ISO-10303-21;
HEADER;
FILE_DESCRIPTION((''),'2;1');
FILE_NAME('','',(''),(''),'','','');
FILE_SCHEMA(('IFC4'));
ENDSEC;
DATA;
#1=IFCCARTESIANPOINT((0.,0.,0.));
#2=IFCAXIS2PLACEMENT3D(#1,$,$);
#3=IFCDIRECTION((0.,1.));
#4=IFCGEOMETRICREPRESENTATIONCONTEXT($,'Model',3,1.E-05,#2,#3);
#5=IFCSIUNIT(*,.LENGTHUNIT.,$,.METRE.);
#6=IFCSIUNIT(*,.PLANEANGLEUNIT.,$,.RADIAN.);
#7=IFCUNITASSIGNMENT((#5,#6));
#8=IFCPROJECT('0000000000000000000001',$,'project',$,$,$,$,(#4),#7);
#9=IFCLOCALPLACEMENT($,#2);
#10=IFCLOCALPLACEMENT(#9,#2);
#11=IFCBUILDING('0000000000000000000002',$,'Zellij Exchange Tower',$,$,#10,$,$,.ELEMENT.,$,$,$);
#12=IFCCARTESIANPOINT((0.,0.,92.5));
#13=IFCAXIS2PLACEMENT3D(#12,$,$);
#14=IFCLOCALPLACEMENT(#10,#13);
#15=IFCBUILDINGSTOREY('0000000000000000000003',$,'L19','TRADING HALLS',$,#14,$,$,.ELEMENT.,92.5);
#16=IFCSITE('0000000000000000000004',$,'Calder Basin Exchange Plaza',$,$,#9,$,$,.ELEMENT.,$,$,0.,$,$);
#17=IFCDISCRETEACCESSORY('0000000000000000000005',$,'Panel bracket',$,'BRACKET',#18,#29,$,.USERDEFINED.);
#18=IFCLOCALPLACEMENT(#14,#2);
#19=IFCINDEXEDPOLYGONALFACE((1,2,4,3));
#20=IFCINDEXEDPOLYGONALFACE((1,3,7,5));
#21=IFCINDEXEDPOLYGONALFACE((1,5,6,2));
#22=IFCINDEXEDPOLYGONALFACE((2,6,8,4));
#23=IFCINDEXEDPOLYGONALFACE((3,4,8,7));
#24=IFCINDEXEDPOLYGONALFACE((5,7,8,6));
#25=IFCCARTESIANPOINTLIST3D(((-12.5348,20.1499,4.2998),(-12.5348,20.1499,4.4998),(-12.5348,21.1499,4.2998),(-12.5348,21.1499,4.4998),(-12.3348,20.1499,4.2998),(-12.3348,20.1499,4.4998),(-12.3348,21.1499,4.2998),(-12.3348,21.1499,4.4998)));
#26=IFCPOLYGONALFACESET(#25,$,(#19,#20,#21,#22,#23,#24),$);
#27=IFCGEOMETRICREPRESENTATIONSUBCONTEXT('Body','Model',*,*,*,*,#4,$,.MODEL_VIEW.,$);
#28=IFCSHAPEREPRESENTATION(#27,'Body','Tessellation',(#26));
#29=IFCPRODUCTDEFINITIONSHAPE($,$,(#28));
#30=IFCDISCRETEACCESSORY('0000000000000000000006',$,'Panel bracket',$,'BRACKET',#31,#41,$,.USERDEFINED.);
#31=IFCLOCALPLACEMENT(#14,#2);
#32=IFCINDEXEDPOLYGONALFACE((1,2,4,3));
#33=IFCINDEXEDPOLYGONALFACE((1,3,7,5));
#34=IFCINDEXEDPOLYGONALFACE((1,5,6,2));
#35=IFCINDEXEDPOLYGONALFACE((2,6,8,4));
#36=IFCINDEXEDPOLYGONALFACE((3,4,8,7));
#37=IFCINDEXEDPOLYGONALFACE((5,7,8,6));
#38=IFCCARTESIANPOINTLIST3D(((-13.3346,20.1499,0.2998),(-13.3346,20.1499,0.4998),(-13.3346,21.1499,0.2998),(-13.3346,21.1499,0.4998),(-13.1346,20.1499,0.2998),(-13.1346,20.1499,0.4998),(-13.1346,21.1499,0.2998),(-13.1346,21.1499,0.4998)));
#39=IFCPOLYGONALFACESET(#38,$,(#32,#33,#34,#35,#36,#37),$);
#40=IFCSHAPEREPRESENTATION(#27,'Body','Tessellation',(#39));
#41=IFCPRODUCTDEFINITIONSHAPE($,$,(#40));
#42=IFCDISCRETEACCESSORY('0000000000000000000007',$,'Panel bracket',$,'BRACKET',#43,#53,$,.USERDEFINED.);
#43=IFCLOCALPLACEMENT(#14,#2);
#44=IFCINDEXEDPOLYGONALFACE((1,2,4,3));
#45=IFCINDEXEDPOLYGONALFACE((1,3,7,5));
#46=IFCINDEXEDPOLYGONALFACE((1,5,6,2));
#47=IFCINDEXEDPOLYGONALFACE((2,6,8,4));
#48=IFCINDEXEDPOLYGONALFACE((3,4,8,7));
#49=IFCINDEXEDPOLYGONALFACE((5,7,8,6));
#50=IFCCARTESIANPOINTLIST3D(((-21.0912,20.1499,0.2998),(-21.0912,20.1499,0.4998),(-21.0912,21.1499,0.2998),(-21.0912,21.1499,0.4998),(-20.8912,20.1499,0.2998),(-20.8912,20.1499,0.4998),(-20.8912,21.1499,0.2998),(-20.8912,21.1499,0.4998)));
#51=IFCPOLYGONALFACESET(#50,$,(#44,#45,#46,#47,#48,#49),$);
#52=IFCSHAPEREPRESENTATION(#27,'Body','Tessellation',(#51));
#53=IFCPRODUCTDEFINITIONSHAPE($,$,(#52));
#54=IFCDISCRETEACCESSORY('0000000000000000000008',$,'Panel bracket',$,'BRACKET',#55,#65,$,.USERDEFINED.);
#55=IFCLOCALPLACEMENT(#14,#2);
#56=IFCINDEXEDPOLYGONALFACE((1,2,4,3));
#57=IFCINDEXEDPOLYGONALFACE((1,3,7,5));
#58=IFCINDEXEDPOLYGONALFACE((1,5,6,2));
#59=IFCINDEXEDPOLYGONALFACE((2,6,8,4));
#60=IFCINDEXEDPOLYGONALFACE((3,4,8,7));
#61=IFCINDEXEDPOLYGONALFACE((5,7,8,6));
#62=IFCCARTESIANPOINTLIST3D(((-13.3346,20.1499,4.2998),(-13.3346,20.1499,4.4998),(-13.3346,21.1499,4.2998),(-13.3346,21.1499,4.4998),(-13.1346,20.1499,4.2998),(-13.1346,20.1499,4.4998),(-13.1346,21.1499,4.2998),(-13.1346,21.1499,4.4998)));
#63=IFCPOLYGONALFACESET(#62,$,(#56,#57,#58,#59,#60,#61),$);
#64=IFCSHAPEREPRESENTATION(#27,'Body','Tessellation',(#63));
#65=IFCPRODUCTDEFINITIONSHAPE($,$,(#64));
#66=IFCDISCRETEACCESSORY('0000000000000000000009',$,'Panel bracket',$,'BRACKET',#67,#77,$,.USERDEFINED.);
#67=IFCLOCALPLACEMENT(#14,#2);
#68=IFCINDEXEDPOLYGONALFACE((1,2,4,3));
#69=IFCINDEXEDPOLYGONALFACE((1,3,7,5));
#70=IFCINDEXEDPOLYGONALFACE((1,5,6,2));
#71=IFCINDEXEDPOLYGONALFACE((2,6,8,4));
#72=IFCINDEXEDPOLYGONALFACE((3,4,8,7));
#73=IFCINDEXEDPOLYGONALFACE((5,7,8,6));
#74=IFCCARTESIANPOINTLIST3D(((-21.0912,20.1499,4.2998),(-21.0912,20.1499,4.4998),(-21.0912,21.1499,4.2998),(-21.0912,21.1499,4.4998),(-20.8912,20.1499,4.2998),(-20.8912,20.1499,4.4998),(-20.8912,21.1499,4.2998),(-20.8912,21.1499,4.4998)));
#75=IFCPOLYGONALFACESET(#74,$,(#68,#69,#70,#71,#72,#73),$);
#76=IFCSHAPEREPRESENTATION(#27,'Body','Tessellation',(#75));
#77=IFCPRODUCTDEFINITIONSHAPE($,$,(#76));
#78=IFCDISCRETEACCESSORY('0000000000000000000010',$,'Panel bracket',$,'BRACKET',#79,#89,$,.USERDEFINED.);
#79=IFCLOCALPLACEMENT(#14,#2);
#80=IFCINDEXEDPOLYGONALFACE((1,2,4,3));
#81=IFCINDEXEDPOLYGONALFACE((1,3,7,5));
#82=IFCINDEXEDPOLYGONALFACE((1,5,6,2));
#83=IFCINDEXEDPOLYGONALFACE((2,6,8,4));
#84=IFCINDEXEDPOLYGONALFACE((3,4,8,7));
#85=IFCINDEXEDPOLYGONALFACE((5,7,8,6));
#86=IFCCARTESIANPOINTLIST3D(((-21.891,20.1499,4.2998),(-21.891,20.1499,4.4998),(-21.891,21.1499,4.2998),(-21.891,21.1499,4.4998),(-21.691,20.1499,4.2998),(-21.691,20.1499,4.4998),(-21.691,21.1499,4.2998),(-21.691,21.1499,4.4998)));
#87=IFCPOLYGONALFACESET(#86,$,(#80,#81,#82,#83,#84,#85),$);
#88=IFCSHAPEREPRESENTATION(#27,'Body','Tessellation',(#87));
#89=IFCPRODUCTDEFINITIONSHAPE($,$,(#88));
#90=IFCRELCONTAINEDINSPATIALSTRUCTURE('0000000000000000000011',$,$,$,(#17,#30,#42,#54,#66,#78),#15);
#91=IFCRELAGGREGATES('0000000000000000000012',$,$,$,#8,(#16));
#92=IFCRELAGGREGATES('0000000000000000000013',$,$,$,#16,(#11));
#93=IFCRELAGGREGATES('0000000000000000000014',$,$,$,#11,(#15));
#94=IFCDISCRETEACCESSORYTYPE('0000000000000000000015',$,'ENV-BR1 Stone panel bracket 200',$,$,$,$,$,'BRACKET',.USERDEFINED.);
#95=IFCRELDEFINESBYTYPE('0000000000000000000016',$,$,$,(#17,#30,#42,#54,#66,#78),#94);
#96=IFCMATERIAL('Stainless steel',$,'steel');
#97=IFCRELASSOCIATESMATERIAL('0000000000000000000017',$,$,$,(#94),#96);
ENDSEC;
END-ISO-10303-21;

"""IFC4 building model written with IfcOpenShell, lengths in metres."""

from ifc_helpers import new_model, si_unit, direction, frame, origin, origin_2d, place, context, subcontext, project, spatial, rectangle, extrude, material, type_object, element, save


model = new_model("IFC4")

# Units and contexts
model_context = context("Model", 3, precision=1e-05, world=origin(), true_north=direction((0.0, 1.0)))
body_context = subcontext(model_context, "Body", "Model", "MODEL_VIEW")
ifc_project = project(units=[si_unit("LENGTHUNIT", "METRE"), si_unit("PLANEANGLEUNIT", "RADIAN")], contexts=[model_context])

# Site, building, storey
site_placement = place(None, origin())
site = spatial("IfcSite", under=ifc_project, at=site_placement, Name="Calder Basin Exchange Plaza", CompositionType="ELEMENT", RefElevation=0.0)
building_placement = place(site_placement, origin())
building = spatial("IfcBuilding", under=site, at=building_placement, Name="Zellij Exchange Tower", CompositionType="ELEMENT")
storey_placement = place(building_placement, frame((0.0, 0.0, 92.5)))
storey = spatial("IfcBuildingStorey", under=building, at=storey_placement, Name="L19", Description="TRADING HALLS", CompositionType="ELEMENT", Elevation=92.5)

# Discrete accessories
ifc_material_1 = material(Name="Stainless steel", Category="steel")
discrete_accessory_type = type_object("IfcDiscreteAccessoryType", Name="ENV-BR1 Stone panel bracket 200", ElementType="BRACKET", PredefinedType="USERDEFINED", material=ifc_material_1)
for number, where, z_axis, x_axis, name in (
    (1, (-12.4348, 20.6499, 4.2998), (0.0, 0.0, 1.0), (-1.0, 0.0, 0.0), "Panel bracket"),
    (2, (-13.2346, 20.6499, 0.2998), (0.0, 0.0, 1.0), (-1.0, 0.0, 0.0), "Panel bracket"),
    (3, (-20.9912, 20.6499, 0.2998), (0.0, 0.0, 1.0), (-1.0, 0.0, 0.0), "Panel bracket"),
    (4, (-13.2346, 20.6499, 4.2998), (0.0, 0.0, 1.0), (-1.0, 0.0, 0.0), "Panel bracket"),
    (5, (-20.9912, 20.6499, 4.2998), (0.0, 0.0, 1.0), (-1.0, 0.0, 0.0), "Panel bracket"),
    (6, (-21.791, 20.6499, 4.2998), (0.0, 0.0, 1.0), (-1.0, 0.0, 0.0), "Panel bracket"),
):
    element("IfcDiscreteAccessory", number, at=place(storey_placement, frame(where, z_axis=z_axis, x_axis=x_axis)), inside=storey, type_object=discrete_accessory_type, Name=name, ObjectType="BRACKET", PredefinedType="USERDEFINED", context=body_context, shape_type="SweptSolid", body=[
        extrude(rectangle(XDim=0.2, YDim=1.0, at=origin_2d()), origin(), (0.0, 0.0, 1.0), 0.2),
    ])

save(model, "model.ifc")
